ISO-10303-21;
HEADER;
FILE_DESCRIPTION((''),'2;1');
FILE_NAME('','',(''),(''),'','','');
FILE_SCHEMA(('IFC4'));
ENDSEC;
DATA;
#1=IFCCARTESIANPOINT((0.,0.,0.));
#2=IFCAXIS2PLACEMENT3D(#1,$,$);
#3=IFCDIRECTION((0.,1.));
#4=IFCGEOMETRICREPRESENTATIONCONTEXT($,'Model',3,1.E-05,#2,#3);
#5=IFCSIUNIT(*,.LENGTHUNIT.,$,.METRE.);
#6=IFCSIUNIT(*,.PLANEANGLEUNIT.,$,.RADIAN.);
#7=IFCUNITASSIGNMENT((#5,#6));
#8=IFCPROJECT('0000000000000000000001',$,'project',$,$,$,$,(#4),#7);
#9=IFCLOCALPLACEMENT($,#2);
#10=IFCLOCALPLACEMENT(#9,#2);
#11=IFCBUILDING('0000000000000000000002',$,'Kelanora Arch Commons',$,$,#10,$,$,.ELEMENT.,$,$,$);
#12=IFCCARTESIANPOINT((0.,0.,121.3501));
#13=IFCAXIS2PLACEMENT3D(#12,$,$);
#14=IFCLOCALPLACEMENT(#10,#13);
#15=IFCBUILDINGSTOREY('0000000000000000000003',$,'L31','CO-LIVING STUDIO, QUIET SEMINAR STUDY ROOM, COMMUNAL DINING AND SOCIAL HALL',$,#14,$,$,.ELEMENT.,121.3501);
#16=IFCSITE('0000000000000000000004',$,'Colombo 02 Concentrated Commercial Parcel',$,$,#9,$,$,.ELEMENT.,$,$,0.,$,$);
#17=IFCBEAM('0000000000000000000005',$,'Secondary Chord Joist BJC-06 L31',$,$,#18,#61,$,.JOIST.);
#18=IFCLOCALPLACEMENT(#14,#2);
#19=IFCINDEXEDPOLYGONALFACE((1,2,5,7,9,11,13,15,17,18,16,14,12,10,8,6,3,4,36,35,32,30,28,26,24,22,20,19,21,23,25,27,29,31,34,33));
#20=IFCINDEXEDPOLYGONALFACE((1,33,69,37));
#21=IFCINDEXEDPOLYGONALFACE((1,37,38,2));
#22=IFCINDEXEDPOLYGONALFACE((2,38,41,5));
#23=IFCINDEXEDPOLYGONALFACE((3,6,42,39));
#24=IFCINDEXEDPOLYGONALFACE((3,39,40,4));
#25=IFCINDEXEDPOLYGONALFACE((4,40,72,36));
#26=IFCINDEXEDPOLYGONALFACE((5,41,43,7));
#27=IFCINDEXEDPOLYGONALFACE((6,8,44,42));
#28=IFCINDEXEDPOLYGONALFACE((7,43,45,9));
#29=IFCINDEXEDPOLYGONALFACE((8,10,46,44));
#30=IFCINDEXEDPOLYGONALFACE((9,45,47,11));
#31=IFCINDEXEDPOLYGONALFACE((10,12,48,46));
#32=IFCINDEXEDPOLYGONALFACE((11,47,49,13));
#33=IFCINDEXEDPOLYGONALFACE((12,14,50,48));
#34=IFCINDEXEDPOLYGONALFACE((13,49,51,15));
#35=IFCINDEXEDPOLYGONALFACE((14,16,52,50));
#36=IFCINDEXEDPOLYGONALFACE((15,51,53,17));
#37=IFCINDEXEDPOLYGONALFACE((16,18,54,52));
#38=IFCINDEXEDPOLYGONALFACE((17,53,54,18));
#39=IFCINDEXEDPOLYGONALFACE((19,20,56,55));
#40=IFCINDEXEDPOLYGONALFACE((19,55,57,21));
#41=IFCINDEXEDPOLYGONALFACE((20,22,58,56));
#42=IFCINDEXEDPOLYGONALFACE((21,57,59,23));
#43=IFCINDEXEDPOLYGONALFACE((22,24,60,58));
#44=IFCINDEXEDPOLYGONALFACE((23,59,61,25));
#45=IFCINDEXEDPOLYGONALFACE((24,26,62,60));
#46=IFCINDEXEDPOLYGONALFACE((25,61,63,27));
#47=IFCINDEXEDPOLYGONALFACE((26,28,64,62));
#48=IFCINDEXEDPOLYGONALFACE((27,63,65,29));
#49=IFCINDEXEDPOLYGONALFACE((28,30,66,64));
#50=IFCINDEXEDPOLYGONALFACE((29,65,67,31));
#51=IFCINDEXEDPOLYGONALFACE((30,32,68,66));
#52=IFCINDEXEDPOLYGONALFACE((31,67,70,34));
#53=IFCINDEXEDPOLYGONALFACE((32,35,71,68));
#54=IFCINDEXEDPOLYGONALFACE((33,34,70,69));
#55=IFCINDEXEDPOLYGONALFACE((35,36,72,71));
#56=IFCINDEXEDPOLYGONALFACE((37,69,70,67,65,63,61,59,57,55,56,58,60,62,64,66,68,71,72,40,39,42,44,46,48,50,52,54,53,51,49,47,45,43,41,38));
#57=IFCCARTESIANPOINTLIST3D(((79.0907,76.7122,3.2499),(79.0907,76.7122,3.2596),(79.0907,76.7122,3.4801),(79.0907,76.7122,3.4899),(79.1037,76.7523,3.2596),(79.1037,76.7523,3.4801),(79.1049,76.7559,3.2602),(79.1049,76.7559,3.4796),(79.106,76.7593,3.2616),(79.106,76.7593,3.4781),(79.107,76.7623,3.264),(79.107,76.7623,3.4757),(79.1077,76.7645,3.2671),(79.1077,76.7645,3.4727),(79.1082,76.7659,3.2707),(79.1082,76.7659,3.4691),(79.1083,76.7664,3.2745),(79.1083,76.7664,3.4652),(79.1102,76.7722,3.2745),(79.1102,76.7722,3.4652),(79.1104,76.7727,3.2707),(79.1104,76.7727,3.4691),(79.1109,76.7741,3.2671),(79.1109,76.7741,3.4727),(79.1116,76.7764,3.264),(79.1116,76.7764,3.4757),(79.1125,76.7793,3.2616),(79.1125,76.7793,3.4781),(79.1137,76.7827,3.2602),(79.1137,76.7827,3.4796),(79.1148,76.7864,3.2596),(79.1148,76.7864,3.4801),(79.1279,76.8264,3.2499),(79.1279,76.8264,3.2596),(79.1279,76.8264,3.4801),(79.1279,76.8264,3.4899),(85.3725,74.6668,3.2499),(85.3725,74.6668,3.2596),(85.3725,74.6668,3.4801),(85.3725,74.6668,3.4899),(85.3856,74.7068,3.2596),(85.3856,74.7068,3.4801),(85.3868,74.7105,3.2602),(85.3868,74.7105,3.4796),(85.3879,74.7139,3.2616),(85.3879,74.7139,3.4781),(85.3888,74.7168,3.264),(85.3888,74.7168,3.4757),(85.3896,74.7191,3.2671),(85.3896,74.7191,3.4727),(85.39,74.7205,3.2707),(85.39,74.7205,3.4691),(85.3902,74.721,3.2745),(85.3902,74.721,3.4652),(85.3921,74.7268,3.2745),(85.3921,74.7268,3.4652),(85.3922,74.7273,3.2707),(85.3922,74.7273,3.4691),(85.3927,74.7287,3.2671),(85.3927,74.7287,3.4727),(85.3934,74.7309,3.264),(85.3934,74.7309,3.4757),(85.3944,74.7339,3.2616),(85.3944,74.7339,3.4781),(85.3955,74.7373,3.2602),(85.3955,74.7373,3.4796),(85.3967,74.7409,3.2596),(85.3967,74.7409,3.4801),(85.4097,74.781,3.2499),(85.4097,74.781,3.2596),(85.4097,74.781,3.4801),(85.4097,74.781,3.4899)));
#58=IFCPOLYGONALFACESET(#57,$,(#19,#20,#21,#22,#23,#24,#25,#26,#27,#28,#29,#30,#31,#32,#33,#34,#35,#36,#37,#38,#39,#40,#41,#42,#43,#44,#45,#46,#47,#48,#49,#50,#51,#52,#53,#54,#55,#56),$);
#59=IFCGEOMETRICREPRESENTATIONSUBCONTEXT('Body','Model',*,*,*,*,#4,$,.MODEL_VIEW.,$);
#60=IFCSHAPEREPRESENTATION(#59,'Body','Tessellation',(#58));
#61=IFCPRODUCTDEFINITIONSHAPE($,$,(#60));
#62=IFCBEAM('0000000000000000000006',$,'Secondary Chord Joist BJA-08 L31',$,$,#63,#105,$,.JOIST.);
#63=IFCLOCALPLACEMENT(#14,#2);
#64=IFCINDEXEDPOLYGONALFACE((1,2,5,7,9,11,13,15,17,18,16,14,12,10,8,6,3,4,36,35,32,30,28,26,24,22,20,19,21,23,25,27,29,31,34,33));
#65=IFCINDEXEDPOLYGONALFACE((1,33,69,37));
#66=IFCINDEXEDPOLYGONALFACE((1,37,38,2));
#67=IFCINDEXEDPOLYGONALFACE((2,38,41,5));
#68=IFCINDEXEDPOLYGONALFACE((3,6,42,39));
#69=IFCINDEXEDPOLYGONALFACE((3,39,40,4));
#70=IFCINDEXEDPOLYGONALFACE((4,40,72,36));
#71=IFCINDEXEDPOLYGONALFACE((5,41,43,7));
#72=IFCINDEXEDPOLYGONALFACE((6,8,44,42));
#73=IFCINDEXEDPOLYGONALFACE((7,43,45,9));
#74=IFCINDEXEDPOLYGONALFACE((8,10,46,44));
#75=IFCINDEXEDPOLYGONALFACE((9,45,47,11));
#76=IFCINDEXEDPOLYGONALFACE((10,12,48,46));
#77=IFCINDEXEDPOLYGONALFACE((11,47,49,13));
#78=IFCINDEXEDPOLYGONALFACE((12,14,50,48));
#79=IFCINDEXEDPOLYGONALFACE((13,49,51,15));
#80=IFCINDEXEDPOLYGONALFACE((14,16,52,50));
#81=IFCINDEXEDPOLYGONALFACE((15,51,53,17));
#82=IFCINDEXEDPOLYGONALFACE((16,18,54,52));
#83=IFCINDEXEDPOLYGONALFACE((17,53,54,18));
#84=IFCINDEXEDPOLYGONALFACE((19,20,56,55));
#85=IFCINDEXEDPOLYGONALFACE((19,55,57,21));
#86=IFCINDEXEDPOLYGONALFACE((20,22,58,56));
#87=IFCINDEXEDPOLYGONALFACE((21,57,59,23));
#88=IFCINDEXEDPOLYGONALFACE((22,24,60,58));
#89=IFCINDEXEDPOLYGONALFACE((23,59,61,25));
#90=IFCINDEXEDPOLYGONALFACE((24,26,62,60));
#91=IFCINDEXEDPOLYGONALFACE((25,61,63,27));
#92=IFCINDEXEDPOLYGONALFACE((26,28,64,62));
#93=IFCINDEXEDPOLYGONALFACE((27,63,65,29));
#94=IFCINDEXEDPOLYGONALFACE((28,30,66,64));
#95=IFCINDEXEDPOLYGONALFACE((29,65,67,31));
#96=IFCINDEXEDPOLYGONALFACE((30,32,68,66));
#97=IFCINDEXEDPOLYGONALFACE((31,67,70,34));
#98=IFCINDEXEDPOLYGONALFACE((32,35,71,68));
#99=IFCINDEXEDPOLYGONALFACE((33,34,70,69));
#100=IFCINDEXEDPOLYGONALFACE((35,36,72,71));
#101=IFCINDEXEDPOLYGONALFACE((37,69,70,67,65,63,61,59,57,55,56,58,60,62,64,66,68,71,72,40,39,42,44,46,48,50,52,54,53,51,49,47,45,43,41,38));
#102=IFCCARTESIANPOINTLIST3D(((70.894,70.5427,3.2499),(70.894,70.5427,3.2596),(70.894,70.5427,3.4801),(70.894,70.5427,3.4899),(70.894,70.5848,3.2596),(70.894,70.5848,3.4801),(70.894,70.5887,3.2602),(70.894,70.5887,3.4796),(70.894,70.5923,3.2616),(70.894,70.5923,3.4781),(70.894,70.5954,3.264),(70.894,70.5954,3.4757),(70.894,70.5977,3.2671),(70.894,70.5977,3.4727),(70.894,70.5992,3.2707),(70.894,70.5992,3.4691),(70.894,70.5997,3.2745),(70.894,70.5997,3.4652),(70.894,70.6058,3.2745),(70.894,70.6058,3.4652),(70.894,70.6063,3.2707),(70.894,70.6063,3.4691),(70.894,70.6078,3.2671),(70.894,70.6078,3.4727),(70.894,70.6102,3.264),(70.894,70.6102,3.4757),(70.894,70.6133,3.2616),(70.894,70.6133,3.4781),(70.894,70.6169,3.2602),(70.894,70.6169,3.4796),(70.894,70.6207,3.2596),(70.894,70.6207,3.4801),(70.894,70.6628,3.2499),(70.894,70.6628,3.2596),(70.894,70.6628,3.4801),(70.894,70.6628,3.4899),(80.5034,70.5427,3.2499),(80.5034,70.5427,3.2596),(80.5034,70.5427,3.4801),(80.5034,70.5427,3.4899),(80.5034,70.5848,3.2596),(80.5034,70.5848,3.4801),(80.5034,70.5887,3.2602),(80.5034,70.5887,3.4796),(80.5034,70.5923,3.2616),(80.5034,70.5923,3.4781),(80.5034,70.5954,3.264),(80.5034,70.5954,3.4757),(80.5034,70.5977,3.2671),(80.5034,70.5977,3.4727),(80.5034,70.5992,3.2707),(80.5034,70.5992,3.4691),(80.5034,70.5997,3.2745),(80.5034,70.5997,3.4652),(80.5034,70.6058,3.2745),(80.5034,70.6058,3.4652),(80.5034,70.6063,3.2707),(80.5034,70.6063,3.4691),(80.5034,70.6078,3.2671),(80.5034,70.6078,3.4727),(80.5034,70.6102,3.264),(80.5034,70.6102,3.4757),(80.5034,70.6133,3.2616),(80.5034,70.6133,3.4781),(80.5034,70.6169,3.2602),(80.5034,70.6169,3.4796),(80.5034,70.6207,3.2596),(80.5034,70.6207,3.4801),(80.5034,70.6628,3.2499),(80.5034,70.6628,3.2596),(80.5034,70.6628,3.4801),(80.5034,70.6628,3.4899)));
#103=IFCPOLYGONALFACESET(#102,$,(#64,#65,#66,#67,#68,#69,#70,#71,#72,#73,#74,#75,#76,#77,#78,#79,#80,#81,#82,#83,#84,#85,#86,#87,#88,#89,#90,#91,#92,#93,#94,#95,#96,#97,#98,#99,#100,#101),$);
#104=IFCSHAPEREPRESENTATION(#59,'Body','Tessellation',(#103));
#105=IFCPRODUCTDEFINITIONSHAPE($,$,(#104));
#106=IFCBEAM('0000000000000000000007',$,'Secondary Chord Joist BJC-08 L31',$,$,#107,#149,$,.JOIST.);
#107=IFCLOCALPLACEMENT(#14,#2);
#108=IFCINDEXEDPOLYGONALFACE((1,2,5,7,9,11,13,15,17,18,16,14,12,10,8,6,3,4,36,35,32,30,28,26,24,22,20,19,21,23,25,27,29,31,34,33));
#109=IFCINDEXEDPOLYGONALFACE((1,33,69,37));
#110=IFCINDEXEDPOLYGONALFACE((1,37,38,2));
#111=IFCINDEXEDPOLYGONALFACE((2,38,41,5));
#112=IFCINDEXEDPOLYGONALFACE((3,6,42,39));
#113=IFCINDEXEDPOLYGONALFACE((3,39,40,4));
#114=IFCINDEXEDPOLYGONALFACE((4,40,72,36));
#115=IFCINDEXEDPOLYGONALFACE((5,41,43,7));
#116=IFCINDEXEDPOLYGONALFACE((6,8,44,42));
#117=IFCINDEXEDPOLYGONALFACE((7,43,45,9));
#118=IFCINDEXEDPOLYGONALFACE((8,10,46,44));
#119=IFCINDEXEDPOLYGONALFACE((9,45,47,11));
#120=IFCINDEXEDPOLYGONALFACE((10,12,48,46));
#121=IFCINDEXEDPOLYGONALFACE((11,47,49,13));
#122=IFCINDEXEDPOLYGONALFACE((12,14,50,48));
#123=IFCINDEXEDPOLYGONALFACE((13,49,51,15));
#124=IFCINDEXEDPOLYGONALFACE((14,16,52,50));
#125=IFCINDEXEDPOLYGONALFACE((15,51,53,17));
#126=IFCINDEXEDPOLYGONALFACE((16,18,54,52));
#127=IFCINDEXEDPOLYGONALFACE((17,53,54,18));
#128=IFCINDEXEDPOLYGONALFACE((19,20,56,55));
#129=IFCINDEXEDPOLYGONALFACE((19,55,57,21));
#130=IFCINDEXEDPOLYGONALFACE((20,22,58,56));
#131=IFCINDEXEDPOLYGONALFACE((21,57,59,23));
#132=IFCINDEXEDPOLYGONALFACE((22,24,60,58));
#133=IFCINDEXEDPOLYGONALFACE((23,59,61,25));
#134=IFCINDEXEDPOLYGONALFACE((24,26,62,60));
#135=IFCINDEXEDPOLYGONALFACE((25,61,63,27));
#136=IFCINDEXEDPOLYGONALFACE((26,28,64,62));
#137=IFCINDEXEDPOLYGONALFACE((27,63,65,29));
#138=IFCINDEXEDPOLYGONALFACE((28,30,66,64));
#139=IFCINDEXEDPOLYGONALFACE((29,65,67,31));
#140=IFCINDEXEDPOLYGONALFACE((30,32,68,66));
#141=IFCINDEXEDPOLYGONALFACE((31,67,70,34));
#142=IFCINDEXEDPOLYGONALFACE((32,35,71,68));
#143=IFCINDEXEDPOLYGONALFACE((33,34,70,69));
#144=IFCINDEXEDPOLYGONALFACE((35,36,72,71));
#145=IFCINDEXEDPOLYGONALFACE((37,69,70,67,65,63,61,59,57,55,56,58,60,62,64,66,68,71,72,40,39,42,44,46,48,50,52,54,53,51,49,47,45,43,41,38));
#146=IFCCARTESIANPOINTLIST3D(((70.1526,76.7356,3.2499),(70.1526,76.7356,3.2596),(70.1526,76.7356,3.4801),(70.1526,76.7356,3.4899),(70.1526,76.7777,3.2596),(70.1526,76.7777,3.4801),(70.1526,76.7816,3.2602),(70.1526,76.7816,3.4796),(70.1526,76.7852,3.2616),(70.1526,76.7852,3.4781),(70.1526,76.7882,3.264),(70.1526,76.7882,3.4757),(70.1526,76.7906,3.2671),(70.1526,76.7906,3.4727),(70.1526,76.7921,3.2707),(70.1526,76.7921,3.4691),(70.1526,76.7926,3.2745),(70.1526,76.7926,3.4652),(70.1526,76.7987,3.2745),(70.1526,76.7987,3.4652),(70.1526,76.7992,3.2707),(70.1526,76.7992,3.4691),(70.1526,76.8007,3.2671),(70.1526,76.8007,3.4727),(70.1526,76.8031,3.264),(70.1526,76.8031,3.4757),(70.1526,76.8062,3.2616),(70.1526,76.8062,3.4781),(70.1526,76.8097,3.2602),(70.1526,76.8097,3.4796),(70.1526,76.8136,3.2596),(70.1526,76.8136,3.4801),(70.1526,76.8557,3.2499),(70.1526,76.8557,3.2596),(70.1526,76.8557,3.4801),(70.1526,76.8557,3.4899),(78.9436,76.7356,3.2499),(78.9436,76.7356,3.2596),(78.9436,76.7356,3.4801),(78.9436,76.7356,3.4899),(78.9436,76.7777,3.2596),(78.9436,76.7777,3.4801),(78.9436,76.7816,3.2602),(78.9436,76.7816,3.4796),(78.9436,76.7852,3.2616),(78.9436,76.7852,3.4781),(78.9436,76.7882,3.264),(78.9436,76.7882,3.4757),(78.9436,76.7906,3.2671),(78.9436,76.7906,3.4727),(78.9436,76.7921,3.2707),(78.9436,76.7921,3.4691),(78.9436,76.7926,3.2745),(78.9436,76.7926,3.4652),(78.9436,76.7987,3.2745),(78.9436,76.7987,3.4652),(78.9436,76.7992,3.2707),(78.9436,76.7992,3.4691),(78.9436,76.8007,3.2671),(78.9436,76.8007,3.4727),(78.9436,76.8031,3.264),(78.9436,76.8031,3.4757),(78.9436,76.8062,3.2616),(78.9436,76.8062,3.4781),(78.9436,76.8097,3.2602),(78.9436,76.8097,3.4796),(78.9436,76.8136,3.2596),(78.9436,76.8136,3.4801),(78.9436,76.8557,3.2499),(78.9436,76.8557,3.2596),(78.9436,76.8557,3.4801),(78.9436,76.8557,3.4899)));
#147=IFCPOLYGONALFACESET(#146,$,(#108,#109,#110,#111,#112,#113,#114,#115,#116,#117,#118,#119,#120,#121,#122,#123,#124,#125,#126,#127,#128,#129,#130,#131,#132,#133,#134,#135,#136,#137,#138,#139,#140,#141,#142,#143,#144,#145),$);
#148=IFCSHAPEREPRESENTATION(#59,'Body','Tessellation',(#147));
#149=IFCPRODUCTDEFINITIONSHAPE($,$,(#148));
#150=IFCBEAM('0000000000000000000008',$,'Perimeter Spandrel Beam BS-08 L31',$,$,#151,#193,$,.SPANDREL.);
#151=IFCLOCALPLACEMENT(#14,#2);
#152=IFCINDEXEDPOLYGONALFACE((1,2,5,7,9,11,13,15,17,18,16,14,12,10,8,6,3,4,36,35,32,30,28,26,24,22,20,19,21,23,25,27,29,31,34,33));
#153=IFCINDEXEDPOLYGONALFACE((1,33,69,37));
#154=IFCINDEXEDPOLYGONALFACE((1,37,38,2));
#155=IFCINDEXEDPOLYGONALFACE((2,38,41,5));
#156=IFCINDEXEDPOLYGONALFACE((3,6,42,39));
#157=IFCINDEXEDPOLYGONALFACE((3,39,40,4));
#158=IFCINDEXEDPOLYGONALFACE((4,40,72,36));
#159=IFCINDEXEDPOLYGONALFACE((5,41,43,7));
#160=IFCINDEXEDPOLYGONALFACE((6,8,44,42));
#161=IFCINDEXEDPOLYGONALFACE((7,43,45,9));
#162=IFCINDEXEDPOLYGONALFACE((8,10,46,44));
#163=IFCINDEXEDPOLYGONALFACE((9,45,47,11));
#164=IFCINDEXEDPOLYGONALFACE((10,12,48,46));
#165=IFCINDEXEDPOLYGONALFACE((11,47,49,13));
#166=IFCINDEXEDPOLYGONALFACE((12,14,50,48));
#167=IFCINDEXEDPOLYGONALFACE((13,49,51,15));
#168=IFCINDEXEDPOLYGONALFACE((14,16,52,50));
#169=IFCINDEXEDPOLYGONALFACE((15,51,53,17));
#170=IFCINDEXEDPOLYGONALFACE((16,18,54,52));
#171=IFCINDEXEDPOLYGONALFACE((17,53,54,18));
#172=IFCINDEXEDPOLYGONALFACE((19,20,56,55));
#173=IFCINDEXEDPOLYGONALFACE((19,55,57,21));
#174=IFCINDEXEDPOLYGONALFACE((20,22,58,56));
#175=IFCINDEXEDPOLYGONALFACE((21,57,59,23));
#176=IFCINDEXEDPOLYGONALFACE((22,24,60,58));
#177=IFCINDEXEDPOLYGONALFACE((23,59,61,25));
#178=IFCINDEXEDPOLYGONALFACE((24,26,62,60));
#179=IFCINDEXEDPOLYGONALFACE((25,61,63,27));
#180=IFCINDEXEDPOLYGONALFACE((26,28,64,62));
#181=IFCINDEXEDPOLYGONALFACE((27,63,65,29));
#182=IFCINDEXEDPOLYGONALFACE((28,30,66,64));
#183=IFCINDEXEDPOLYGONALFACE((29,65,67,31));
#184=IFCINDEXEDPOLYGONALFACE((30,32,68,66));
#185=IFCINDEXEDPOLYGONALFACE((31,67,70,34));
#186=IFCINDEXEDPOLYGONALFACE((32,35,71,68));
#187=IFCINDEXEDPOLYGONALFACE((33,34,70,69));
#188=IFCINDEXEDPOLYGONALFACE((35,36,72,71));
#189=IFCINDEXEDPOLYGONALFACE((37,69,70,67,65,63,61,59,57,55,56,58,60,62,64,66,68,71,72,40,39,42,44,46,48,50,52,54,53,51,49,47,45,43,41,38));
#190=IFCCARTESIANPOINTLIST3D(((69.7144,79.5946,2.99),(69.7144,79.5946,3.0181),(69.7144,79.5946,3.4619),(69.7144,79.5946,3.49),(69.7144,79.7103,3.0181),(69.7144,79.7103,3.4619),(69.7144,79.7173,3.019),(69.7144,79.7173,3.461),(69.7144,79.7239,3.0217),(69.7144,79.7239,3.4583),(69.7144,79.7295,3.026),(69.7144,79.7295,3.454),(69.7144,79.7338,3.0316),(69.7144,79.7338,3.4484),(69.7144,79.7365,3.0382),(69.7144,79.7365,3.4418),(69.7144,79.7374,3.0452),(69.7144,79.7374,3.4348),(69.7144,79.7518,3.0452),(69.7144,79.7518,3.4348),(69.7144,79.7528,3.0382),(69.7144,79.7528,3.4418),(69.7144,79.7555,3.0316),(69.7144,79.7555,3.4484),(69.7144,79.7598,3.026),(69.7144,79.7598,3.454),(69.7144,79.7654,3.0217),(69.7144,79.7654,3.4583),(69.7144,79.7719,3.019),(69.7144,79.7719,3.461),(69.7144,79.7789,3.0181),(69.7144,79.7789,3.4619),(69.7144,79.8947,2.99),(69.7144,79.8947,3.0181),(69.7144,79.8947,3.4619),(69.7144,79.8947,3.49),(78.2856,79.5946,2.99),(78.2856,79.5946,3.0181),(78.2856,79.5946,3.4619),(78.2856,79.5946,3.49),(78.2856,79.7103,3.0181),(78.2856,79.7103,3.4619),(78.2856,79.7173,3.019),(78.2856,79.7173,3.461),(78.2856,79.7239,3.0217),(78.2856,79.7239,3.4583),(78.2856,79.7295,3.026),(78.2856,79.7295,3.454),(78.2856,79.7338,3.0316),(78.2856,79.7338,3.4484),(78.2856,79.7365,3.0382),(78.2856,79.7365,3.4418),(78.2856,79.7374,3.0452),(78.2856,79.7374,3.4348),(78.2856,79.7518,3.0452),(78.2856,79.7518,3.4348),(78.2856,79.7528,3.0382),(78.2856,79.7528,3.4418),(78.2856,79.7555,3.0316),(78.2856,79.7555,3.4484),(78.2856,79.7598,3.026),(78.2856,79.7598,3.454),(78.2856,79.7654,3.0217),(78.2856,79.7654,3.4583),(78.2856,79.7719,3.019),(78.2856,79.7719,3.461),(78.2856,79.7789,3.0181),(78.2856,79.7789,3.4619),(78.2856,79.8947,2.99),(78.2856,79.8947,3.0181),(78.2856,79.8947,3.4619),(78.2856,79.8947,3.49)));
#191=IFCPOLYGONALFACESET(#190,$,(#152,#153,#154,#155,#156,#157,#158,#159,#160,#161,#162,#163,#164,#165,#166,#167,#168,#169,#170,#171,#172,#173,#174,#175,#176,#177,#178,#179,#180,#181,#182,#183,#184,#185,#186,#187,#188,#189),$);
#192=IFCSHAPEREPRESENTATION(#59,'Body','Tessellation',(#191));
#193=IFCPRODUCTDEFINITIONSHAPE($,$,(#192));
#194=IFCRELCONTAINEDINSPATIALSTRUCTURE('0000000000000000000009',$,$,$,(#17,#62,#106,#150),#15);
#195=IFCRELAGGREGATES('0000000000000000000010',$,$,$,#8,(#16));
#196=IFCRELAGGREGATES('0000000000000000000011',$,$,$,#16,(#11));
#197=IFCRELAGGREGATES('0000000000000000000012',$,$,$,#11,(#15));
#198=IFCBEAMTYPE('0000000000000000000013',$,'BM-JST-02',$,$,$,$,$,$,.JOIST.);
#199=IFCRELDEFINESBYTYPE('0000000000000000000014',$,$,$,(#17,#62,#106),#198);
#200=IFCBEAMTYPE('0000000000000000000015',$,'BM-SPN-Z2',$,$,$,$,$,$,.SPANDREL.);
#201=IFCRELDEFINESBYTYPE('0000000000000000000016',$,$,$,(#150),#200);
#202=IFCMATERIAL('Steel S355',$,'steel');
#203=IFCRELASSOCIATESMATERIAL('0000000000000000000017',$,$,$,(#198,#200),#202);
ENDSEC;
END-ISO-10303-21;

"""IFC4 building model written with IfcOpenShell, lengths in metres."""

from ifc_helpers import new_model, si_unit, direction, frame, origin, origin_2d, place, context, subcontext, project, spatial, i_section, extrude, material, material_profile, profile_set, type_object, element, save


model = new_model("IFC4")

# Units and contexts
model_context = context("Model", 3, precision=1e-05, world=origin(), true_north=direction((0.0, 1.0)))
body_context = subcontext(model_context, "Body", "Model", "MODEL_VIEW")
ifc_project = project(units=[si_unit("LENGTHUNIT", "METRE"), si_unit("PLANEANGLEUNIT", "RADIAN")], contexts=[model_context])

# Site, building, storey
site_placement = place(None, origin())
site = spatial("IfcSite", under=ifc_project, at=site_placement, Name="Colombo 02 Concentrated Commercial Parcel", CompositionType="ELEMENT", RefElevation=0.0)
building_placement = place(site_placement, origin())
building = spatial("IfcBuilding", under=site, at=building_placement, Name="Kelanora Arch Commons", CompositionType="ELEMENT")
storey_placement = place(building_placement, frame((0.0, 0.0, 121.3501)))
storey = spatial("IfcBuildingStorey", under=building, at=storey_placement, Name="L31", Description="CO-LIVING STUDIO, QUIET SEMINAR STUDY ROOM, COMMUNAL DINING AND SOCIAL HALL", CompositionType="ELEMENT", Elevation=121.3501)

# Beams
ifc_material_1 = material(Name="Steel S355", Category="steel")
ifc_material_profile_1 = material_profile(ifc_material_1, i_section(OverallWidth=0.1201, OverallDepth=0.24, WebThickness=0.0061, FlangeThickness=0.0098, FilletRadius=0.0149, at=origin_2d()), Name="IPE240")
ifc_profile_set_1 = profile_set([ifc_material_profile_1], Name="Steel S355")
beam_type_1 = type_object("IfcBeamType", Name="BM-JST-02", PredefinedType="JOIST", material=ifc_profile_set_1)
beam_1_placement = place(storey_placement, frame((85.3911, 74.7239, 3.3699), z_axis=(-0.950863, 0.309612, 0.0), x_axis=(-0.309612, -0.950863, 0.0)))
element("IfcBeam", 1, at=beam_1_placement, inside=storey, type_object=beam_type_1, Name="Secondary Chord Joist BJC-06 L31", PredefinedType="JOIST", context=body_context, shape_type="SweptSolid", body=[
    extrude(i_section(OverallWidth=0.1201, OverallDepth=0.24, WebThickness=0.0061, FlangeThickness=0.0098, FilletRadius=0.0149, at=origin_2d()), origin(), (0.0, 0.0, 1.0), 6.6064),
])
beam_2_placement = place(storey_placement, frame((80.5034, 70.6028, 3.3699), z_axis=(-1.0, 0.0, 0.0), x_axis=(0.0, -1.0, 0.0)))
element("IfcBeam", 2, at=beam_2_placement, inside=storey, type_object=beam_type_1, Name="Secondary Chord Joist BJA-08 L31", PredefinedType="JOIST", context=body_context, shape_type="SweptSolid", body=[
    extrude(i_section(OverallWidth=0.1201, OverallDepth=0.24, WebThickness=0.0061, FlangeThickness=0.0098, FilletRadius=0.0149, at=origin_2d()), origin(), (0.0, 0.0, 1.0), 9.6094),
])
beam_3_placement = place(storey_placement, frame((78.9436, 76.7957, 3.3699), z_axis=(-1.0, 0.0, 0.0), x_axis=(0.0, -1.0, 0.0)))
element("IfcBeam", 3, at=beam_3_placement, inside=storey, type_object=beam_type_1, Name="Secondary Chord Joist BJC-08 L31", PredefinedType="JOIST", context=body_context, shape_type="SweptSolid", body=[
    extrude(i_section(OverallWidth=0.1201, OverallDepth=0.24, WebThickness=0.0061, FlangeThickness=0.0098, FilletRadius=0.0149, at=origin_2d()), origin(), (0.0, 0.0, 1.0), 8.791),
])
ifc_material_profile_2 = material_profile(ifc_material_1, i_section(OverallWidth=0.3, OverallDepth=0.5, WebThickness=0.0144, FlangeThickness=0.0281, FilletRadius=0.0271, at=origin_2d()), Name="HEB500")
ifc_profile_set_2 = profile_set([ifc_material_profile_2], Name="Steel S355")
beam_type_2 = type_object("IfcBeamType", Name="BM-SPN-Z2", PredefinedType="SPANDREL", material=ifc_profile_set_2)
beam_4_placement = place(storey_placement, frame((78.2856, 79.7446, 3.24), z_axis=(-1.0, 0.0, 0.0), x_axis=(0.0, -1.0, 0.0)))
element("IfcBeam", 4, at=beam_4_placement, inside=storey, type_object=beam_type_2, Name="Perimeter Spandrel Beam BS-08 L31", PredefinedType="SPANDREL", context=body_context, shape_type="SweptSolid", body=[
    extrude(i_section(OverallWidth=0.3, OverallDepth=0.5, WebThickness=0.0144, FlangeThickness=0.0281, FilletRadius=0.0271, at=origin_2d()), origin(), (0.0, 0.0, 1.0), 8.5713),
])

save(model, "model.ifc")
